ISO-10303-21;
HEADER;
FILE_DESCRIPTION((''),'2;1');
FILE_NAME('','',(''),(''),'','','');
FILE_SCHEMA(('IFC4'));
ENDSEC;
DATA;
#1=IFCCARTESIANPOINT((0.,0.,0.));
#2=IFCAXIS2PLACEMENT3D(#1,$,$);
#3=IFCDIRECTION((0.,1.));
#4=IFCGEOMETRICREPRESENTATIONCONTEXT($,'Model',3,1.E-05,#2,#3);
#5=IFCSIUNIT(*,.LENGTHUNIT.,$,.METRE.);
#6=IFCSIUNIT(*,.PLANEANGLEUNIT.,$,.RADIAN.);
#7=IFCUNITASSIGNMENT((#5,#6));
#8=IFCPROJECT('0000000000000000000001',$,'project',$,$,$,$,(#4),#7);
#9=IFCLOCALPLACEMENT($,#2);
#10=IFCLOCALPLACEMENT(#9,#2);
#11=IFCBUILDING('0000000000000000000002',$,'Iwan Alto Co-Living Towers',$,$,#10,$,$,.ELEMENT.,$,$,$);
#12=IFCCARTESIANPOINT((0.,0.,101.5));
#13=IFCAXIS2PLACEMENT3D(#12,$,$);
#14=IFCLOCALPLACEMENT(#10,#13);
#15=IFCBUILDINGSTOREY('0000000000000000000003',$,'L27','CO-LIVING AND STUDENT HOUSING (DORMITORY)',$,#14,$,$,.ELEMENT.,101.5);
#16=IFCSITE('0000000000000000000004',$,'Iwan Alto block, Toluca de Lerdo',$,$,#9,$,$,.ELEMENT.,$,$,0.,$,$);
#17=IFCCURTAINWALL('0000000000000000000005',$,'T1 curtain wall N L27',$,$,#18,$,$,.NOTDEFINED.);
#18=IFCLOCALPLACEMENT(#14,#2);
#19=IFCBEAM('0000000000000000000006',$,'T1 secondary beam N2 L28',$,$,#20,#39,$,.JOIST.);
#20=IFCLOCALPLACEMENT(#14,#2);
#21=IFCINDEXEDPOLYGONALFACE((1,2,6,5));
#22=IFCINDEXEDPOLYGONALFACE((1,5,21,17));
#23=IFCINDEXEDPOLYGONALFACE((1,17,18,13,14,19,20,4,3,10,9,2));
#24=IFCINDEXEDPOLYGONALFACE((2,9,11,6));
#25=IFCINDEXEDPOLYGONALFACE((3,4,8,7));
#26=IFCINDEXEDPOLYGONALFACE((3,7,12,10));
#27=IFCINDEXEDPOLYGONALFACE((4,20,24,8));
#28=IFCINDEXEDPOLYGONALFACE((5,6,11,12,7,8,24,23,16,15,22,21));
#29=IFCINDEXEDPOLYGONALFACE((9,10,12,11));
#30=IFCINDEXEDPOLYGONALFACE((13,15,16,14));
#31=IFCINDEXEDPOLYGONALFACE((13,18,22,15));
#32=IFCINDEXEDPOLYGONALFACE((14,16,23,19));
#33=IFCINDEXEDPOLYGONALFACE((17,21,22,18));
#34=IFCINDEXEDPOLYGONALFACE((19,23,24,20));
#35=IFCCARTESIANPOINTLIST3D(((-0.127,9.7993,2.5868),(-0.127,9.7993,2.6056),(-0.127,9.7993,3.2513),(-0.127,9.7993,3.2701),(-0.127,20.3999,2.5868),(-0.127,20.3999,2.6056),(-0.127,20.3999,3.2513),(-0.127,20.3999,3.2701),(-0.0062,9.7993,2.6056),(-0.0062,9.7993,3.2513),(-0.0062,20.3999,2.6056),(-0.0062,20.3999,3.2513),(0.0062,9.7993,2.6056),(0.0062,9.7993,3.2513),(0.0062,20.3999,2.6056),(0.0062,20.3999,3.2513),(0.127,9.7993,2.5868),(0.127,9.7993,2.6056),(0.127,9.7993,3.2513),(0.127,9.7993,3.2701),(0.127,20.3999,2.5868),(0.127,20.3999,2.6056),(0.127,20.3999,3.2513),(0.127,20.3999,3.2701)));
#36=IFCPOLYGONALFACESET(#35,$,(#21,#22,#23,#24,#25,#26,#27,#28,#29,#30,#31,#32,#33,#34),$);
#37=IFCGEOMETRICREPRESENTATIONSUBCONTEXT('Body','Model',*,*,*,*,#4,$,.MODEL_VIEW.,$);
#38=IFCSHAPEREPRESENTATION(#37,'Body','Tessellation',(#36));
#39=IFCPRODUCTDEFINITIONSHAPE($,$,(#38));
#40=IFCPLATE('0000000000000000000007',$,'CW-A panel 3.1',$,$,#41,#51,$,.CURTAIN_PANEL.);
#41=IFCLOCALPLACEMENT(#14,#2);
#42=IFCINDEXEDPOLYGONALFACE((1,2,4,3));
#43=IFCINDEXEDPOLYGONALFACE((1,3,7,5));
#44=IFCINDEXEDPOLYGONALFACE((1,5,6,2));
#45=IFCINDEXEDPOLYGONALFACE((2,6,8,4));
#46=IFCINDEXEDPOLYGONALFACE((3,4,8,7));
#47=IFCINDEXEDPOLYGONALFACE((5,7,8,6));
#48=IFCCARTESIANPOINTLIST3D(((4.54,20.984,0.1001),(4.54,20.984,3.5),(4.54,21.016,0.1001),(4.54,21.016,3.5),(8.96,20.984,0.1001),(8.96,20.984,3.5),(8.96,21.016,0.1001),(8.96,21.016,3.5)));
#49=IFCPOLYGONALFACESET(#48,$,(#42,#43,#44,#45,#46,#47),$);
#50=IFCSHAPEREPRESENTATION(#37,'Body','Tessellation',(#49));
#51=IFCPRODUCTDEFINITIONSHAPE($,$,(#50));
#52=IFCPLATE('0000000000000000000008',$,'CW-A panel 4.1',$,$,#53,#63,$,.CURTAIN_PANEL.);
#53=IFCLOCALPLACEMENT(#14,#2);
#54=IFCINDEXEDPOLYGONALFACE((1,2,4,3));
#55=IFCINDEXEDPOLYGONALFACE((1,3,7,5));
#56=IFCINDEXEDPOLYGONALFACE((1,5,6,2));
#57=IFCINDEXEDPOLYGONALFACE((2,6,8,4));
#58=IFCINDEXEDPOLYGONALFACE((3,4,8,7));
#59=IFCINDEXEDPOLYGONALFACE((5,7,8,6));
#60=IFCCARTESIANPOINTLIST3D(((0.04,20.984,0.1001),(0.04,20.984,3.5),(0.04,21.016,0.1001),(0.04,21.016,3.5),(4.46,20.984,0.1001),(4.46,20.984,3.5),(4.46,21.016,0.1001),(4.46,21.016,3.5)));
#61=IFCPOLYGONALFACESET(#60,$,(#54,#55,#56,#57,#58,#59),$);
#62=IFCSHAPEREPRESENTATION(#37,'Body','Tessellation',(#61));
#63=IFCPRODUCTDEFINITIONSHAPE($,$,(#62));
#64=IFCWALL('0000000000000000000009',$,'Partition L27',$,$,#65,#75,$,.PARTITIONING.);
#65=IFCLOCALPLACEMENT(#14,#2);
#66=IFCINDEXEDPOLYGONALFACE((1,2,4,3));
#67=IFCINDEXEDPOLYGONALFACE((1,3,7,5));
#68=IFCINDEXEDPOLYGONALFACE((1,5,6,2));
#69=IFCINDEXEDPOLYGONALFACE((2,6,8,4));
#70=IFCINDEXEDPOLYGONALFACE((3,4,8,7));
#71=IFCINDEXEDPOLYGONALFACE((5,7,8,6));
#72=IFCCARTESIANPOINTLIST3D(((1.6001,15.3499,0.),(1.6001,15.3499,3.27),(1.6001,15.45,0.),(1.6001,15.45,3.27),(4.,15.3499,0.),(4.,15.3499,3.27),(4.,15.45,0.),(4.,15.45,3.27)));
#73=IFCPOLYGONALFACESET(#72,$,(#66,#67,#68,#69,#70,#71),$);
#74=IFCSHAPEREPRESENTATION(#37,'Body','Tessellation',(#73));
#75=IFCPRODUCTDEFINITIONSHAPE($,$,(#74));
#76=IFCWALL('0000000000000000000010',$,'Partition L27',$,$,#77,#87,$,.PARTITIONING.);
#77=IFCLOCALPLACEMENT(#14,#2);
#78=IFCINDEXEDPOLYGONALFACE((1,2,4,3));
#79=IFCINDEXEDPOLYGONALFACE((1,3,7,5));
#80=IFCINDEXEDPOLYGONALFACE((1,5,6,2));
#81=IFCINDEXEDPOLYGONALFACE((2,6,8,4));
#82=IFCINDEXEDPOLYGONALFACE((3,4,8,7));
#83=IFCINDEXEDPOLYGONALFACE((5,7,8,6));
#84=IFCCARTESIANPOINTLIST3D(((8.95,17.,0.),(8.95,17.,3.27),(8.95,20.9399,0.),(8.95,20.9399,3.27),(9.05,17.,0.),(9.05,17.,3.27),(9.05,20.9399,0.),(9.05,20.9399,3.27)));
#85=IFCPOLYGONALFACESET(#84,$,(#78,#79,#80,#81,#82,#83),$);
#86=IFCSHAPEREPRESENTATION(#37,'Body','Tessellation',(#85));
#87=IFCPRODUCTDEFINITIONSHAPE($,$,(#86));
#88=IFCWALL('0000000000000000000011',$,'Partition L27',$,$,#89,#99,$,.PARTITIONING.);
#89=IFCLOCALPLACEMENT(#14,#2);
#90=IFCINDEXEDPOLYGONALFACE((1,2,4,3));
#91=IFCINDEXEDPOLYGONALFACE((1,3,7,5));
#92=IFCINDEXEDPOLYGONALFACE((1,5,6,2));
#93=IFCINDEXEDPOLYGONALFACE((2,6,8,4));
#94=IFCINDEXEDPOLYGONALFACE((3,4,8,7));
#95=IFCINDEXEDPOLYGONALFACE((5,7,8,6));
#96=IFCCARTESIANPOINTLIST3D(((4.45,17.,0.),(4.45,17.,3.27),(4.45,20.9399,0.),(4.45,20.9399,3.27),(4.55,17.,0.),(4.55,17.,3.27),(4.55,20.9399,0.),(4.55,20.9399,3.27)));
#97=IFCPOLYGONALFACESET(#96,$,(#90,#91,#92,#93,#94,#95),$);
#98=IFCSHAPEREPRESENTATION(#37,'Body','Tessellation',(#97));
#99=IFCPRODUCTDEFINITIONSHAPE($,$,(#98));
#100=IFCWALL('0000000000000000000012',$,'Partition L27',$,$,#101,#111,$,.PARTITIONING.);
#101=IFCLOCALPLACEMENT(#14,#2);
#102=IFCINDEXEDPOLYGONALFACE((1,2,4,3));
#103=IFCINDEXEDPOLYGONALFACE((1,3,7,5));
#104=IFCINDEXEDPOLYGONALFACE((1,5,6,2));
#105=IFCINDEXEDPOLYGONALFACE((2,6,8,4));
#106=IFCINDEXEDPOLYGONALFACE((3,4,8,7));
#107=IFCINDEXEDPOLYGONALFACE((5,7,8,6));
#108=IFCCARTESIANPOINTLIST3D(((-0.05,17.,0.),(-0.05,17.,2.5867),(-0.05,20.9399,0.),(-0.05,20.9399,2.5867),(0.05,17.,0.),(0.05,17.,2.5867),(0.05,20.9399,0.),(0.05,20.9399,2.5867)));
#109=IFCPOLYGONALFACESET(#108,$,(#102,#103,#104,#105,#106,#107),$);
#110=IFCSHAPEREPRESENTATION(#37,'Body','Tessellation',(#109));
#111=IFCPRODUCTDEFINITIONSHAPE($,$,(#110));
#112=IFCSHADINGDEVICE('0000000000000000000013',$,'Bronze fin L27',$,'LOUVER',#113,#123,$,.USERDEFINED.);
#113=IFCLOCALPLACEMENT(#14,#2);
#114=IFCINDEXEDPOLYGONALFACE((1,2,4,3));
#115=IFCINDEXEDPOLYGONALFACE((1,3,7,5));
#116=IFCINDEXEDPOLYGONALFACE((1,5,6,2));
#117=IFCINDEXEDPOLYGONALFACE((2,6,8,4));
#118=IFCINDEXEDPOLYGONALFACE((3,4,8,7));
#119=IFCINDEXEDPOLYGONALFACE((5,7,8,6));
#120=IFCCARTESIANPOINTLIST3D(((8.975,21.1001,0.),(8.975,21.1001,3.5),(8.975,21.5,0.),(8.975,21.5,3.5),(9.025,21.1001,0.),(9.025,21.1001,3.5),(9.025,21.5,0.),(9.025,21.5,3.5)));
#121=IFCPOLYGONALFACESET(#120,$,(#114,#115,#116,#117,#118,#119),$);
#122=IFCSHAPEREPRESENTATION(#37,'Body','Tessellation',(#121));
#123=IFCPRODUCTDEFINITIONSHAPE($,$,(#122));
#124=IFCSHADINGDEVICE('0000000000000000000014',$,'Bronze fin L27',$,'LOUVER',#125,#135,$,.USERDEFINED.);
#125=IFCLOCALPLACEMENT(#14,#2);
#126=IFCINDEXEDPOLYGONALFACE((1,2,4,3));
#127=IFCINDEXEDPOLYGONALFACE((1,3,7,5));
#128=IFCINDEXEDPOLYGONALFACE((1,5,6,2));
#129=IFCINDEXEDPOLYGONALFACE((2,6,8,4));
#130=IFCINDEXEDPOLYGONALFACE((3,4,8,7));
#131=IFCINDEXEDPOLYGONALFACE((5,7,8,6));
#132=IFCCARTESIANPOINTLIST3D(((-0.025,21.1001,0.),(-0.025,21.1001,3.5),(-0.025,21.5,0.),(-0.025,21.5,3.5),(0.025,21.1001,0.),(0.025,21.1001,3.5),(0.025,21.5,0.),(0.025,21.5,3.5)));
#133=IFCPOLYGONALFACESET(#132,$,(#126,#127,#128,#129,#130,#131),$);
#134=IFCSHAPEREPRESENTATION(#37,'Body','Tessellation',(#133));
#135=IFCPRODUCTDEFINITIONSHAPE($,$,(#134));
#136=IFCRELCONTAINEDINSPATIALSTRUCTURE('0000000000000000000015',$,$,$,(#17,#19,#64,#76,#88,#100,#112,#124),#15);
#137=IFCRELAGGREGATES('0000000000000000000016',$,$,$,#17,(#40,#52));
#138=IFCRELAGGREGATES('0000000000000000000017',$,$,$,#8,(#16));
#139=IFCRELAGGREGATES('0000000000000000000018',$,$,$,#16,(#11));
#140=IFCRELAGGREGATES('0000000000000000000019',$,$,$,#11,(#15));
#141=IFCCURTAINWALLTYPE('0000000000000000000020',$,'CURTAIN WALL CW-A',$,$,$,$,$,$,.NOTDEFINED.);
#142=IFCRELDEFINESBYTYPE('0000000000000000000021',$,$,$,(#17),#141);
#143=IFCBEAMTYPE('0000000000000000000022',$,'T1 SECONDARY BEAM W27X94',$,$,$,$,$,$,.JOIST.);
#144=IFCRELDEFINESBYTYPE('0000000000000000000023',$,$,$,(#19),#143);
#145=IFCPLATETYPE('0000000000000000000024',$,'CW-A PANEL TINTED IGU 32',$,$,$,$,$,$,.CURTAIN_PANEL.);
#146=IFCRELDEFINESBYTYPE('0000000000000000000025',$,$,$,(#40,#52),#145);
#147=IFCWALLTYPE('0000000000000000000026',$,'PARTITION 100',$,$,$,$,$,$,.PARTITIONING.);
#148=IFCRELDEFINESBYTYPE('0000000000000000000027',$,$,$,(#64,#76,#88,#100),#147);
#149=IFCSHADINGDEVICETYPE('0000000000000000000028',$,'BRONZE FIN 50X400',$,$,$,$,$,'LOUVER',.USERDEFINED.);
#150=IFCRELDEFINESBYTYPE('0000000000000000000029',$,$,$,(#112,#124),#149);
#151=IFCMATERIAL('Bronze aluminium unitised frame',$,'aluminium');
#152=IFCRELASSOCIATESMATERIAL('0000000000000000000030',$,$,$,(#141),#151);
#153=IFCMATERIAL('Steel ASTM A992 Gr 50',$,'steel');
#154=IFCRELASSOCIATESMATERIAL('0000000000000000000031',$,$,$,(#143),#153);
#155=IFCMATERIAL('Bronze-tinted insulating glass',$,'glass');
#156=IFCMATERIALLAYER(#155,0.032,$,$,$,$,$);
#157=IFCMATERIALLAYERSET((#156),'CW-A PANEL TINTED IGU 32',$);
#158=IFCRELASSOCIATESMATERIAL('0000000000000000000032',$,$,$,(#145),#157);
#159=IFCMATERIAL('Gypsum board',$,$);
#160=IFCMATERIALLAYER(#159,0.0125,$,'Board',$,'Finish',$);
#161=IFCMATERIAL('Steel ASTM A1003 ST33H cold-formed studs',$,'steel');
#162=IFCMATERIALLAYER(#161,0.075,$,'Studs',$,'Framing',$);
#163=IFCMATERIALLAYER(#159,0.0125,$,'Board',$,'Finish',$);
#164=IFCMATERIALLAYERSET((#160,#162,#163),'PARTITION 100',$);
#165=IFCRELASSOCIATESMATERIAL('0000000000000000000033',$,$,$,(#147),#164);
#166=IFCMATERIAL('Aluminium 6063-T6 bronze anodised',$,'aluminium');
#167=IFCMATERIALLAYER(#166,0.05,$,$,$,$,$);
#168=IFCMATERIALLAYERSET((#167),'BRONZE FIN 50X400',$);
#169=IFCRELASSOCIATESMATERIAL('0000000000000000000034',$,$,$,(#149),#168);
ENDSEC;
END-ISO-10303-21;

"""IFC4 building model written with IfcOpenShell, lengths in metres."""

from ifc_helpers import new_model, si_unit, direction, frame, frame_2d, origin, origin_2d, place, context, subcontext, project, spatial, rectangle, i_section, extrude, material, layer, layer_set, material_profile, profile_set, type_object, element, aggregate, save


model = new_model("IFC4")

# Units and contexts
model_context = context("Model", 3, precision=1e-05, world=origin(), true_north=direction((0.0, 1.0)))
body_context = subcontext(model_context, "Body", "Model", "MODEL_VIEW")
ifc_project = project(units=[si_unit("LENGTHUNIT", "METRE"), si_unit("PLANEANGLEUNIT", "RADIAN")], contexts=[model_context])

# Site, building, storey
site_placement = place(None, origin())
site = spatial("IfcSite", under=ifc_project, at=site_placement, Name="Iwan Alto block, Toluca de Lerdo", CompositionType="ELEMENT", RefElevation=0.0)
building_placement = place(site_placement, origin())
building = spatial("IfcBuilding", under=site, at=building_placement, Name="Iwan Alto Co-Living Towers", CompositionType="ELEMENT")
storey_placement = place(building_placement, frame((0.0, 0.0, 101.5)))
storey = spatial("IfcBuildingStorey", under=building, at=storey_placement, Name="L27", Description="CO-LIVING AND STUDENT HOUSING (DORMITORY)", CompositionType="ELEMENT", Elevation=101.5)

# Curtain wall
ifc_material_1 = material(Name="Bronze aluminium unitised frame", Category="aluminium")
curtain_wall_type = type_object("IfcCurtainWallType", Name="CURTAIN WALL CW-A", PredefinedType="NOTDEFINED", material=ifc_material_1)
curtain_wall_placement = place(storey_placement, origin())
curtain_wall = element("IfcCurtainWall", 1, at=curtain_wall_placement, inside=storey, type_object=curtain_wall_type, Name="T1 curtain wall N L27", PredefinedType="NOTDEFINED")

# Beam
ifc_material_2 = material(Name="Steel ASTM A992 Gr 50", Category="steel")
ifc_material_profile_1 = material_profile(ifc_material_2, i_section(OverallWidth=0.2539, OverallDepth=0.6833, WebThickness=0.0125, FlangeThickness=0.0188, at=origin_2d()), Name="W27X94")
ifc_profile_set_1 = profile_set([ifc_material_profile_1], Name="Steel ASTM A992 Gr 50")
beam_type_1 = type_object("IfcBeamType", Name="T1 SECONDARY BEAM W27X94", PredefinedType="JOIST", material=ifc_profile_set_1)
for number, where, z_axis, x_axis, name in (
    (2, (0.0, 20.3999, 2.9285), (0.0, -1.0, 0.0), (1.0, 0.0, 0.0), "T1 secondary beam N2 L28"),
):
    element("IfcBeam", number, at=place(storey_placement, frame(where, z_axis=z_axis, x_axis=x_axis)), inside=storey, type_object=beam_type_1, Name=name, PredefinedType="JOIST", context=body_context, shape_type="SweptSolid", body=[
        extrude(i_section(OverallWidth=0.2539, OverallDepth=0.6833, WebThickness=0.0125, FlangeThickness=0.0188, at=origin_2d()), origin(), (0.0, 0.0, 1.0), 10.6006),
    ])

# Plates
ifc_material_3 = material(Name="Bronze-tinted insulating glass", Category="glass")
ifc_layer_1 = layer(ifc_material_3, 0.032)
ifc_layer_set_1 = layer_set([ifc_layer_1], Name="CW-A PANEL TINTED IGU 32")
plate_type = type_object("IfcPlateType", Name="CW-A PANEL TINTED IGU 32", PredefinedType="CURTAIN_PANEL", material=ifc_layer_set_1)
plate_1_placement = place(storey_placement, frame((6.75, 21.0, 0.1001), z_axis=(0.0, 0.0, 1.0), x_axis=(-1.0, 0.0, 0.0)))
plate_1 = element("IfcPlate", 3, at=plate_1_placement, type_object=plate_type, Name="CW-A panel 3.1", PredefinedType="CURTAIN_PANEL", context=body_context, shape_type="SweptSolid", body=[
    extrude(rectangle(XDim=4.4199, YDim=0.032, at=origin_2d()), origin(), (0.0, 0.0, 1.0), 3.3999),
])
plate_2_placement = place(storey_placement, frame((2.25, 21.0, 0.1001), z_axis=(0.0, 0.0, 1.0), x_axis=(-1.0, 0.0, 0.0)))
plate_2 = element("IfcPlate", 4, at=plate_2_placement, type_object=plate_type, Name="CW-A panel 4.1", PredefinedType="CURTAIN_PANEL", context=body_context, shape_type="SweptSolid", body=[
    extrude(rectangle(XDim=4.4199, YDim=0.032, at=origin_2d()), origin(), (0.0, 0.0, 1.0), 3.3999),
])
aggregate(curtain_wall, [plate_1, plate_2])

# Walls
ifc_material_4 = material(Name="Gypsum board")
ifc_layer_2 = layer(ifc_material_4, 0.0125, Name="Board", Category="Finish")
ifc_material_5 = material(Name="Steel ASTM A1003 ST33H cold-formed studs", Category="steel")
ifc_layer_3 = layer(ifc_material_5, 0.075, Name="Studs", Category="Framing")
ifc_layer_4 = layer(ifc_material_4, 0.0125, Name="Board", Category="Finish")
ifc_layer_set_2 = layer_set([ifc_layer_2, ifc_layer_3, ifc_layer_4], Name="PARTITION 100")
wall_type = type_object("IfcWallType", Name="PARTITION 100", PredefinedType="PARTITIONING", material=ifc_layer_set_2)
wall_1_placement = place(storey_placement, frame((1.6001, 15.3999, 0.0), z_axis=(0.0, 0.0, 1.0), x_axis=(1.0, 0.0, 0.0)))
element("IfcWall", 5, at=wall_1_placement, inside=storey, type_object=wall_type, Name="Partition L27", PredefinedType="PARTITIONING", context=body_context, shape_type="SweptSolid", body=[
    extrude(rectangle(XDim=2.3999, YDim=0.1001, at=frame_2d((1.2, 0.0))), origin(), (0.0, 0.0, 1.0), 3.27),
])
for number, where, z_axis, x_axis, name in (
    (6, (9.0, 17.0, 0.0), (0.0, 0.0, 1.0), (0.0, 1.0, 0.0), "Partition L27"),
    (7, (4.5, 17.0, 0.0), (0.0, 0.0, 1.0), (0.0, 1.0, 0.0), "Partition L27"),
):
    element("IfcWall", number, at=place(storey_placement, frame(where, z_axis=z_axis, x_axis=x_axis)), inside=storey, type_object=wall_type, Name=name, PredefinedType="PARTITIONING", context=body_context, shape_type="SweptSolid", body=[
        extrude(rectangle(XDim=3.9399, YDim=0.1001, at=frame_2d((1.97, 0.0))), origin(), (0.0, 0.0, 1.0), 3.27),
    ])
wall_2_placement = place(storey_placement, frame((0.0, 17.0, 0.0), z_axis=(0.0, 0.0, 1.0), x_axis=(0.0, 1.0, 0.0)))
element("IfcWall", 8, at=wall_2_placement, inside=storey, type_object=wall_type, Name="Partition L27", PredefinedType="PARTITIONING", context=body_context, shape_type="SweptSolid", body=[
    extrude(rectangle(XDim=3.9399, YDim=0.1001, at=frame_2d((1.97, 0.0))), origin(), (0.0, 0.0, 1.0), 2.5867),
])

# Shading devices
ifc_material_6 = material(Name="Aluminium 6063-T6 bronze anodised", Category="aluminium")
ifc_layer_5 = layer(ifc_material_6, 0.05)
ifc_layer_set_3 = layer_set([ifc_layer_5], Name="BRONZE FIN 50X400")
shading_device_type = type_object("IfcShadingDeviceType", Name="BRONZE FIN 50X400", ElementType="LOUVER", PredefinedType="USERDEFINED", material=ifc_layer_set_3)
for number, where, z_axis, x_axis, name in (
    (9, (9.0, 21.3, 0.0), (0.0, 0.0, 1.0), (-1.0, 0.0, 0.0), "Bronze fin L27"),
    (10, (0.0, 21.3, 0.0), (0.0, 0.0, 1.0), (-1.0, 0.0, 0.0), "Bronze fin L27"),
):
    element("IfcShadingDevice", number, at=place(storey_placement, frame(where, z_axis=z_axis, x_axis=x_axis)), inside=storey, type_object=shading_device_type, Name=name, ObjectType="LOUVER", PredefinedType="USERDEFINED", context=body_context, shape_type="SweptSolid", body=[
        extrude(rectangle(XDim=0.05, YDim=0.3999, at=origin_2d()), origin(), (0.0, 0.0, 1.0), 3.5),
    ])

save(model, "model.ifc")
